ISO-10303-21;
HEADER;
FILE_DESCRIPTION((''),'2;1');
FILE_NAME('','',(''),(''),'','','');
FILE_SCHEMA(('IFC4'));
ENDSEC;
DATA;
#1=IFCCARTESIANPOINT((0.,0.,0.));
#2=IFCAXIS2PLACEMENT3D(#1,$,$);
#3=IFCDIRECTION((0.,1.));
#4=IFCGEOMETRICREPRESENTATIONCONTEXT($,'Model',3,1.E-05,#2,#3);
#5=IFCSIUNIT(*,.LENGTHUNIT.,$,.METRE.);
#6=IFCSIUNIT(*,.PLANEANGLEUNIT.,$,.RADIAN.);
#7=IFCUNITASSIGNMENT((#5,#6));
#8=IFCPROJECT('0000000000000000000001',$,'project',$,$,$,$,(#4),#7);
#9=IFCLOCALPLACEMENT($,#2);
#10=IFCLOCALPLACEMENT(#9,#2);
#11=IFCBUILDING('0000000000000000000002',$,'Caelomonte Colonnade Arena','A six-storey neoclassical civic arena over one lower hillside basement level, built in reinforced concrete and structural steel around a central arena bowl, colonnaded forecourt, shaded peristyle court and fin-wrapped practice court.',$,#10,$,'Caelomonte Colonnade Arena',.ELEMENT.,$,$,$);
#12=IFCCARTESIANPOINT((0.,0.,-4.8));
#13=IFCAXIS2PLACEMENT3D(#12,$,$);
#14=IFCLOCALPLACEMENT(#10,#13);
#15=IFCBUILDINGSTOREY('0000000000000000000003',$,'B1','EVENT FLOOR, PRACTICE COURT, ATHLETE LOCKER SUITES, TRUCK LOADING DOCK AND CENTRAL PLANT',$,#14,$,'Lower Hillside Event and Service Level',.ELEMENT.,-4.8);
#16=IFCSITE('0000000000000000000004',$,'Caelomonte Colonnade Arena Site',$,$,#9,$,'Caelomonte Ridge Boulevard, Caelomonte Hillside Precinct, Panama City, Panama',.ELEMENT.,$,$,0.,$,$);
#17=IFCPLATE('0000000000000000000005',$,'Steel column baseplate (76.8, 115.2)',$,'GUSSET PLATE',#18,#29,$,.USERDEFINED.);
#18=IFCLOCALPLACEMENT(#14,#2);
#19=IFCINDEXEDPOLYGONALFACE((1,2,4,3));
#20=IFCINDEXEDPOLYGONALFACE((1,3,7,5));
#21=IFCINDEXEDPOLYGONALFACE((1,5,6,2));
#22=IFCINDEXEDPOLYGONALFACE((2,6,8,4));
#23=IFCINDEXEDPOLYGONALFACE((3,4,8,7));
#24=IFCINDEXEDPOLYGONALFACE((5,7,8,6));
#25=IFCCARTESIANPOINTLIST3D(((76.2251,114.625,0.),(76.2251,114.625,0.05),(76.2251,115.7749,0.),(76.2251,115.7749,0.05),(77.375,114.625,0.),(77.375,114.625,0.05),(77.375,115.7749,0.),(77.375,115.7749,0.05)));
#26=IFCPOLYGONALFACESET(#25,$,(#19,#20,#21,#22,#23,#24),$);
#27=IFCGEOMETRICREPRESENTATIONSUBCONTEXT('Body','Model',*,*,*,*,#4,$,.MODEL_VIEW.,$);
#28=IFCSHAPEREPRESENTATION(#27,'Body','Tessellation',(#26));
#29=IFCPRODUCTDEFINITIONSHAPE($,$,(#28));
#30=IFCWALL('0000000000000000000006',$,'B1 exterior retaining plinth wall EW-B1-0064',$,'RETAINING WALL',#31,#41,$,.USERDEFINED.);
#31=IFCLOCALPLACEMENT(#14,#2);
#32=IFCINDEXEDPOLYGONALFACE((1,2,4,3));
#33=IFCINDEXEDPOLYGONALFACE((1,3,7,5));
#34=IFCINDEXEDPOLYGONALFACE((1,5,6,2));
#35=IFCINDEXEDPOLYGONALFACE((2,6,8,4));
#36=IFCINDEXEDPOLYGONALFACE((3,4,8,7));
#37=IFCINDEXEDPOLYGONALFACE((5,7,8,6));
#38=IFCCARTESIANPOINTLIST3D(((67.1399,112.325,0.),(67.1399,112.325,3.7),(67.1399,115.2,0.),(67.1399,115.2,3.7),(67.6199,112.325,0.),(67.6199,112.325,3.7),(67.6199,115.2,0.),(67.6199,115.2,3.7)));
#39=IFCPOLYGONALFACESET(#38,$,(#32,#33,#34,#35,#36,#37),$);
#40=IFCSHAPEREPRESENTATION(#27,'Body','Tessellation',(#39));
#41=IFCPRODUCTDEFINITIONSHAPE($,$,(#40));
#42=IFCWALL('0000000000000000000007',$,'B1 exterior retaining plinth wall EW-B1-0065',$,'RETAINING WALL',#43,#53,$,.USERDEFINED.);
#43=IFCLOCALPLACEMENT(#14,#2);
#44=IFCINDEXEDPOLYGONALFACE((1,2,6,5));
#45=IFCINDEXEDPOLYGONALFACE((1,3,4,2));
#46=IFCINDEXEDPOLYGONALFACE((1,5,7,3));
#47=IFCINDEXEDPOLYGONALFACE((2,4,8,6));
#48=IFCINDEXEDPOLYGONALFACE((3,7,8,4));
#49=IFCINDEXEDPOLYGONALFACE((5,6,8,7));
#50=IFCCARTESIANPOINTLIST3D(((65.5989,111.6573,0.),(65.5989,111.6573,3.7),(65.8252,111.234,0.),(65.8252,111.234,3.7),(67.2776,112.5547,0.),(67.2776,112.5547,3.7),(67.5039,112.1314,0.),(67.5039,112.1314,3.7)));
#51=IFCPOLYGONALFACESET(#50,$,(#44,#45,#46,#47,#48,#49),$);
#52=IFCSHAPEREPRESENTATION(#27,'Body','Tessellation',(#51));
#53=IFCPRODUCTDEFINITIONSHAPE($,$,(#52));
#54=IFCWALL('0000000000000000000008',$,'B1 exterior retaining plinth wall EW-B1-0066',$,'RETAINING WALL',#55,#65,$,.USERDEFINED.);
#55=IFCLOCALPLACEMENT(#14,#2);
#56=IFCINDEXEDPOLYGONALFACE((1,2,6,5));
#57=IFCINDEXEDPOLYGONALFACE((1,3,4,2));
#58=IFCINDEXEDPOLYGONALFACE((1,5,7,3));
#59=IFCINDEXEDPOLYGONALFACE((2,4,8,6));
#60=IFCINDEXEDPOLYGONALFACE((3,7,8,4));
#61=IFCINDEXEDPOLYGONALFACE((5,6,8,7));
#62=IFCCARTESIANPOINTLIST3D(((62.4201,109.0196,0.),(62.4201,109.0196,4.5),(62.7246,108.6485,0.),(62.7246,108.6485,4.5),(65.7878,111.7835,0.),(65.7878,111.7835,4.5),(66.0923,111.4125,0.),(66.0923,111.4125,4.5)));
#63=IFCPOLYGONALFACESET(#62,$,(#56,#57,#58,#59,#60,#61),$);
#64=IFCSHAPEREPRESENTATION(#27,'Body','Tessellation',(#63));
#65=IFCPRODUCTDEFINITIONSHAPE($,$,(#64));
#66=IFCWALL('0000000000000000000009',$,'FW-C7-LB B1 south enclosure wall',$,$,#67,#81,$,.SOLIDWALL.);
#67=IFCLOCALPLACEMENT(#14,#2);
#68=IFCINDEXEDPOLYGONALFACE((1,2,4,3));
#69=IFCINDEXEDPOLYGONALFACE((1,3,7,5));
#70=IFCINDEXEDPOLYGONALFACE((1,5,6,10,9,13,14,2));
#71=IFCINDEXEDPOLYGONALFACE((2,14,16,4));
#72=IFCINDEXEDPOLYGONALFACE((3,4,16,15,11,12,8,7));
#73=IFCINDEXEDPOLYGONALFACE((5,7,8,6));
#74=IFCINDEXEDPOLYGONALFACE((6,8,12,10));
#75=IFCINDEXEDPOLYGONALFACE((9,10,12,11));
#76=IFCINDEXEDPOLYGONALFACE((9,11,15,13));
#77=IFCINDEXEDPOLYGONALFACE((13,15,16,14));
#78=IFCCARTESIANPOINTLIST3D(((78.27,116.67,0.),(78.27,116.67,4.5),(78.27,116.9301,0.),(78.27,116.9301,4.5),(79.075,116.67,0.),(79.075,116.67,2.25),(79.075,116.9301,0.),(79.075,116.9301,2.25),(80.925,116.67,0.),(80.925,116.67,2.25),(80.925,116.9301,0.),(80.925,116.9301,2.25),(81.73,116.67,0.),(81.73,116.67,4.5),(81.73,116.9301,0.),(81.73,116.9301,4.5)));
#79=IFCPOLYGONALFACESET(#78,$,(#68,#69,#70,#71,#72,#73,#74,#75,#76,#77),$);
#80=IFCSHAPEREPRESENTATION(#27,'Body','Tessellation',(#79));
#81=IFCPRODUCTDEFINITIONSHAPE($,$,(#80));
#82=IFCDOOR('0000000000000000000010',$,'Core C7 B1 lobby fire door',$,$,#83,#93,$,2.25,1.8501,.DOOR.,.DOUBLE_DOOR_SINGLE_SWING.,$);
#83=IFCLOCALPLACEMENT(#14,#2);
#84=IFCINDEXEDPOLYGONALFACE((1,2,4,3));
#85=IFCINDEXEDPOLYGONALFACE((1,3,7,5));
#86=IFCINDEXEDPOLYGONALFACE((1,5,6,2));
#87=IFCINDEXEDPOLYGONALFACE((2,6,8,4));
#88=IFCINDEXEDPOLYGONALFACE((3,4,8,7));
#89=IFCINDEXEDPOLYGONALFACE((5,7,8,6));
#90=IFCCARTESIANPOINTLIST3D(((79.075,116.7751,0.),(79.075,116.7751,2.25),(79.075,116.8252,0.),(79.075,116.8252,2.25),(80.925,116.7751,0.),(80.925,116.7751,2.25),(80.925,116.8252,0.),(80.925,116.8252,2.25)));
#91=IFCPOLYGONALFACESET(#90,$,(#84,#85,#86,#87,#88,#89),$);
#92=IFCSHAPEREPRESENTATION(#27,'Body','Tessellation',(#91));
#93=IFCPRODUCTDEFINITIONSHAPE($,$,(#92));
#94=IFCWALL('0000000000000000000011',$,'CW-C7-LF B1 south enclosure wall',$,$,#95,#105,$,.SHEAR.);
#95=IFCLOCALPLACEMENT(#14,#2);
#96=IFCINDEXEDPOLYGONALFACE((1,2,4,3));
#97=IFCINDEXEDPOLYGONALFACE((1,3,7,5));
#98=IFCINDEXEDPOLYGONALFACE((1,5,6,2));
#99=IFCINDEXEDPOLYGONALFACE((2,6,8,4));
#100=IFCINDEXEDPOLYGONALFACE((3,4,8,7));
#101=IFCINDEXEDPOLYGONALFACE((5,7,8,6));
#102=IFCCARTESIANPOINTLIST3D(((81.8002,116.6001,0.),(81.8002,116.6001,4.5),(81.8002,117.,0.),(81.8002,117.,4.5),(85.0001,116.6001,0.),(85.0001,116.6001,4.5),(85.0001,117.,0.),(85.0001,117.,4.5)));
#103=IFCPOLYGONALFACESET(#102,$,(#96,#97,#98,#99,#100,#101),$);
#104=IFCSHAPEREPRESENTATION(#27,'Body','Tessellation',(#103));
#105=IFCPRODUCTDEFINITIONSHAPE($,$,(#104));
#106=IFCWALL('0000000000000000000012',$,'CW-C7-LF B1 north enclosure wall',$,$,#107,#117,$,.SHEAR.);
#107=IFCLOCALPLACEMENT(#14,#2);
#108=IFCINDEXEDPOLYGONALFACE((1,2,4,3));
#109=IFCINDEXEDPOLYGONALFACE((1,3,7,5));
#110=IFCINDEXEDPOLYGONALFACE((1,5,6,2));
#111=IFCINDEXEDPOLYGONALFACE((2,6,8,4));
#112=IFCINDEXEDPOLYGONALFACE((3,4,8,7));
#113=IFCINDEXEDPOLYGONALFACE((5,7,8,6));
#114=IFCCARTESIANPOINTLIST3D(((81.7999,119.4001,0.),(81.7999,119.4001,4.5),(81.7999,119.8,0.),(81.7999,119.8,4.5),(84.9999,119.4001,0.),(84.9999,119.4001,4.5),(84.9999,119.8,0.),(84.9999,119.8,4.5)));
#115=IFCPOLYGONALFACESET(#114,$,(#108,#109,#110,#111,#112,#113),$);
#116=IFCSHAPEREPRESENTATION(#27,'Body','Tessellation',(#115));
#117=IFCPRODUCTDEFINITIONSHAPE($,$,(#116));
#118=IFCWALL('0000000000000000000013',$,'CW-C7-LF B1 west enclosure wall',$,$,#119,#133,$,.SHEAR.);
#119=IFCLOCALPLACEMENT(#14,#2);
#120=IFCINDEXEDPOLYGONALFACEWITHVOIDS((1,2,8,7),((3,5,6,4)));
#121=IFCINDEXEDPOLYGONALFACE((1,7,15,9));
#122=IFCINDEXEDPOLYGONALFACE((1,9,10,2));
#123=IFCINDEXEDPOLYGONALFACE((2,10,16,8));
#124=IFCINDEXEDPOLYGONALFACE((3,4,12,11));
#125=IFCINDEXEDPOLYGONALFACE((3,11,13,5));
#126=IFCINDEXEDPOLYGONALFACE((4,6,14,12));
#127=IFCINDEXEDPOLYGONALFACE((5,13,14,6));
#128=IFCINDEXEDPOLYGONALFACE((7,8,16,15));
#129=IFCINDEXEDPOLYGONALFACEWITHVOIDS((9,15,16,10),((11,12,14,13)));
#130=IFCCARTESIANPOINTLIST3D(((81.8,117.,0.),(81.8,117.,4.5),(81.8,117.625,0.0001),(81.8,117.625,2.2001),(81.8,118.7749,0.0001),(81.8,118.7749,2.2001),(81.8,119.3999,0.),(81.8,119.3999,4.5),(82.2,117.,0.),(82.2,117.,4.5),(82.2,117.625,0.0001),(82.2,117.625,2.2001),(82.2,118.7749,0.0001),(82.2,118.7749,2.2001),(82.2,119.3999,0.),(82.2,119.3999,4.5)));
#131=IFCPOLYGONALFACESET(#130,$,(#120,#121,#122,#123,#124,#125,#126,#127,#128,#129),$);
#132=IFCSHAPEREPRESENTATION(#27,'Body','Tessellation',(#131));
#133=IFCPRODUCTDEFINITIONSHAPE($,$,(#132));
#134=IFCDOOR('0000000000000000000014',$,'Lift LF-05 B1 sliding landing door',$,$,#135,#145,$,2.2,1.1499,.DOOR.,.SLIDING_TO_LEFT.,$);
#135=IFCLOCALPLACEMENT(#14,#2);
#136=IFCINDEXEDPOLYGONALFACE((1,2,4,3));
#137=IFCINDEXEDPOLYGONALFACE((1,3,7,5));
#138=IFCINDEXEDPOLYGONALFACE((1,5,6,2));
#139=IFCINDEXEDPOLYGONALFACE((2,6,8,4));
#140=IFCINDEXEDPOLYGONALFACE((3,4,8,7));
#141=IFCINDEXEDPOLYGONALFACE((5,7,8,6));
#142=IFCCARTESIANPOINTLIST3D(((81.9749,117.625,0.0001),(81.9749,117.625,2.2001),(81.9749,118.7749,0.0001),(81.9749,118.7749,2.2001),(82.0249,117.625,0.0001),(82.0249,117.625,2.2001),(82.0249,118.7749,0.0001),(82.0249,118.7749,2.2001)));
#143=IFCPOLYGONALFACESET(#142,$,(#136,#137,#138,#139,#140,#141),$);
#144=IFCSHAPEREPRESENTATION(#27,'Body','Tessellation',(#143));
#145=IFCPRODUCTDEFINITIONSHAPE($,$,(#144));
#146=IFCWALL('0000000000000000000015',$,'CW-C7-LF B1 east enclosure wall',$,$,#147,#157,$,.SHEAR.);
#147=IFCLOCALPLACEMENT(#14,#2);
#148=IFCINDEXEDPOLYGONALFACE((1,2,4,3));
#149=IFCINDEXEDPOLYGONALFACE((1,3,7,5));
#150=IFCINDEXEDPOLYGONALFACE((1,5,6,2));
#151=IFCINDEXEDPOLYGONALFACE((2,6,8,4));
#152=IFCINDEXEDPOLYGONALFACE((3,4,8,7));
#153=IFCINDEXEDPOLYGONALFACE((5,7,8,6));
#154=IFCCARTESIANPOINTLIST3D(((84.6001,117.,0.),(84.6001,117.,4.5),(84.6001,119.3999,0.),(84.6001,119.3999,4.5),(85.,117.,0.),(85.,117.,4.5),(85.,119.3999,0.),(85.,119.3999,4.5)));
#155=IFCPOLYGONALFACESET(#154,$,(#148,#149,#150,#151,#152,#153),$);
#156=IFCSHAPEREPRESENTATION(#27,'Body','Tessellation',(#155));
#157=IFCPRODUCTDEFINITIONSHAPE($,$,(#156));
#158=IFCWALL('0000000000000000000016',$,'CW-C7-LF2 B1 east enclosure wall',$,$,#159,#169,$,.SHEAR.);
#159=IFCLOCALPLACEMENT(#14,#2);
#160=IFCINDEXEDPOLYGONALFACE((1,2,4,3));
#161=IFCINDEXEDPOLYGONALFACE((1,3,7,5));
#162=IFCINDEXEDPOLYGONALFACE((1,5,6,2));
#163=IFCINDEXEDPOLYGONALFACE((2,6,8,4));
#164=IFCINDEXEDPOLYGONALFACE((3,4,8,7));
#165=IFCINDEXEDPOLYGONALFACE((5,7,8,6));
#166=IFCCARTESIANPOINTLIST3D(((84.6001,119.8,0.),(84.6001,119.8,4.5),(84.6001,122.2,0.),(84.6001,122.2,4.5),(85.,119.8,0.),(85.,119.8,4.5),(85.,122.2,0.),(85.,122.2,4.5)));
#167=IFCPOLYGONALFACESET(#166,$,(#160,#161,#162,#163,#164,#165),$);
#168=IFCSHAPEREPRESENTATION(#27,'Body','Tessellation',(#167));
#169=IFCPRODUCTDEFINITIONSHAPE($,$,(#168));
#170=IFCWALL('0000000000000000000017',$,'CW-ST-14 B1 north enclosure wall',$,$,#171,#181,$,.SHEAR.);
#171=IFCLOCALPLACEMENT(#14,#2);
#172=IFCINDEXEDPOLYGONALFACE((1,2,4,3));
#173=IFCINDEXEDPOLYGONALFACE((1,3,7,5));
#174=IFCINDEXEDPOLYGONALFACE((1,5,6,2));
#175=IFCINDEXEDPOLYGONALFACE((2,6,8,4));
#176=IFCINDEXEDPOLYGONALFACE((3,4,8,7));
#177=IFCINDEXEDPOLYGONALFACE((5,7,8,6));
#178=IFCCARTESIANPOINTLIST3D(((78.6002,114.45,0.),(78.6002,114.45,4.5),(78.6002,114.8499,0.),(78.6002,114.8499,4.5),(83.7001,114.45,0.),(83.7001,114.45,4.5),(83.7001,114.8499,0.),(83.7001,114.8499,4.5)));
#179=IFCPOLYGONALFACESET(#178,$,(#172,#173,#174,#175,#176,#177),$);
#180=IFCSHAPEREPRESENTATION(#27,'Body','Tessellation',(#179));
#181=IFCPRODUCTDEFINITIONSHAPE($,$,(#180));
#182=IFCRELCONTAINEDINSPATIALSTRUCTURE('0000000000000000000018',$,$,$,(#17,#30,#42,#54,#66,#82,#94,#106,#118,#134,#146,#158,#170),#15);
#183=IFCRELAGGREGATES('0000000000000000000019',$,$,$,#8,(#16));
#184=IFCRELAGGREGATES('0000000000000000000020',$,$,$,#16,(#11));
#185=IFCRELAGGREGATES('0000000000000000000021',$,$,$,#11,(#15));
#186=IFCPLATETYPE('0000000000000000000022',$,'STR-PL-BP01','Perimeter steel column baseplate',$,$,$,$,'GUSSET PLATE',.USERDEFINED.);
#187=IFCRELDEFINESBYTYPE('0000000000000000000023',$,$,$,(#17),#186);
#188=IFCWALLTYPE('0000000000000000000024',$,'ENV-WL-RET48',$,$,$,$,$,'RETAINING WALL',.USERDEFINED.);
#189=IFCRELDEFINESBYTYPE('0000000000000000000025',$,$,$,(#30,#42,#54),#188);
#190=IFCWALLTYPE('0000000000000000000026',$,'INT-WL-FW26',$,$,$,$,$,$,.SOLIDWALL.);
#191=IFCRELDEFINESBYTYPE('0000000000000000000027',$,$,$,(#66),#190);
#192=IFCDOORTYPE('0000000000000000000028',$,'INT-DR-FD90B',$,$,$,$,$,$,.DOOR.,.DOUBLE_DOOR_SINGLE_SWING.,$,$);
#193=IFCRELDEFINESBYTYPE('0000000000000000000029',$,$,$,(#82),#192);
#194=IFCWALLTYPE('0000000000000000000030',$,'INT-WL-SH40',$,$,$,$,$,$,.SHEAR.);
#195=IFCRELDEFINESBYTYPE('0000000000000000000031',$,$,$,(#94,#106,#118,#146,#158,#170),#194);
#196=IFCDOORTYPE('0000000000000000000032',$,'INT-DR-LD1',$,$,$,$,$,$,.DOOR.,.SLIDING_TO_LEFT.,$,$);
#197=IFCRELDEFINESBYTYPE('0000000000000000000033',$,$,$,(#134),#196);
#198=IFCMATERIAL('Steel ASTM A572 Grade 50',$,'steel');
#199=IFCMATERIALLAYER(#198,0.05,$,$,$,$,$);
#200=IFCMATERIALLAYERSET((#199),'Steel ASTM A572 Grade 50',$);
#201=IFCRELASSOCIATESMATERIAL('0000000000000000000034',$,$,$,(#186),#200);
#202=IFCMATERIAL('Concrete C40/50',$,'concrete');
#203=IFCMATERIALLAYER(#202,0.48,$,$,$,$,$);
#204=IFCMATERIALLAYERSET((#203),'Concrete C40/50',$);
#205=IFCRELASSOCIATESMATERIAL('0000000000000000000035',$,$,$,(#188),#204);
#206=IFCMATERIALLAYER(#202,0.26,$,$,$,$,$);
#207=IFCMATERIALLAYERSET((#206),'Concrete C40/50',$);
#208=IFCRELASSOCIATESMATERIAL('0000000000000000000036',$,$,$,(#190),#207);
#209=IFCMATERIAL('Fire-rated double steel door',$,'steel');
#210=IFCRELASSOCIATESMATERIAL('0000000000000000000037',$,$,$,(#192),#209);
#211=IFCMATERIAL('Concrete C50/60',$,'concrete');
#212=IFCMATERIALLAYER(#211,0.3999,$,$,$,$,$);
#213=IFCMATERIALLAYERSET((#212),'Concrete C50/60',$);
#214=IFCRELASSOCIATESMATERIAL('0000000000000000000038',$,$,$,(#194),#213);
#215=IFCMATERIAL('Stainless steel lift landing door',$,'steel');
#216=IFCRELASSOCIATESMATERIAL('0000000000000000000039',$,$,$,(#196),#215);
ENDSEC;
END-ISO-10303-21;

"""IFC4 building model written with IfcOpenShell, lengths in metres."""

from ifc_helpers import new_model, si_unit, direction, frame, frame_2d, origin, origin_2d, place, context, subcontext, project, spatial, rectangle, extrude, material, layer, layer_set, type_object, element, fill, save


model = new_model("IFC4")

# Units and contexts
model_context = context("Model", 3, precision=1e-05, world=origin(), true_north=direction((0.0, 1.0)))
body_context = subcontext(model_context, "Body", "Model", "MODEL_VIEW")
ifc_project = project(units=[si_unit("LENGTHUNIT", "METRE"), si_unit("PLANEANGLEUNIT", "RADIAN")], contexts=[model_context])

# Site, building, storey
site_placement = place(None, origin())
site = spatial("IfcSite", under=ifc_project, at=site_placement, Name="Caelomonte Colonnade Arena Site", LongName="Caelomonte Ridge Boulevard, Caelomonte Hillside Precinct, Panama City, Panama", CompositionType="ELEMENT", RefElevation=0.0)
building_placement = place(site_placement, origin())
building = spatial("IfcBuilding", under=site, at=building_placement, Name="Caelomonte Colonnade Arena", Description="A six-storey neoclassical civic arena over one lower hillside basement level, built in reinforced concrete and structural steel around a central arena bowl, colonnaded forecourt, shaded peristyle court and fin-wrapped practice court.", LongName="Caelomonte Colonnade Arena", CompositionType="ELEMENT")
storey_placement = place(building_placement, frame((0.0, 0.0, -4.8)))
storey = spatial("IfcBuildingStorey", under=building, at=storey_placement, Name="B1", Description="EVENT FLOOR, PRACTICE COURT, ATHLETE LOCKER SUITES, TRUCK LOADING DOCK AND CENTRAL PLANT", LongName="Lower Hillside Event and Service Level", CompositionType="ELEMENT", Elevation=-4.8)

# Shared definitions
ifc_material_1 = material(Name="Concrete C40/50", Category="concrete")

# Plate
ifc_material_2 = material(Name="Steel ASTM A572 Grade 50", Category="steel")
ifc_layer_1 = layer(ifc_material_2, 0.05)
ifc_layer_set_1 = layer_set([ifc_layer_1], Name="Steel ASTM A572 Grade 50")
plate_type = type_object("IfcPlateType", Name="STR-PL-BP01", Description="Perimeter steel column baseplate", ElementType="GUSSET PLATE", PredefinedType="USERDEFINED", material=ifc_layer_set_1)
plate_placement = place(storey_placement, frame((76.8, 115.2, 0.0), z_axis=(0.0, 0.0, 1.0), x_axis=(1.0, 0.0, 0.0)))
element("IfcPlate", 1, at=plate_placement, inside=storey, type_object=plate_type, Name="Steel column baseplate (76.8, 115.2)", ObjectType="GUSSET PLATE", PredefinedType="USERDEFINED", context=body_context, shape_type="SweptSolid", body=[
    extrude(rectangle(XDim=1.1499, YDim=1.1499, at=origin_2d()), origin(), (0.0, 0.0, 1.0), 0.05),
])

# Walls
ifc_layer_2 = layer(ifc_material_1, 0.48)
ifc_layer_set_2 = layer_set([ifc_layer_2], Name="Concrete C40/50")
wall_type_1 = type_object("IfcWallType", Name="ENV-WL-RET48", ElementType="RETAINING WALL", PredefinedType="USERDEFINED", material=ifc_layer_set_2)
wall_1_placement = place(storey_placement, frame((67.3799, 115.2, 0.0), z_axis=(0.0, 0.0, 1.0), x_axis=(0.0, -1.0, 0.0)))
element("IfcWall", 2, at=wall_1_placement, inside=storey, type_object=wall_type_1, Name="B1 exterior retaining plinth wall EW-B1-0064", ObjectType="RETAINING WALL", PredefinedType="USERDEFINED", context=body_context, shape_type="SweptSolid", body=[
    extrude(rectangle(XDim=2.875, YDim=0.48, at=frame_2d((1.4375, 0.0))), origin(), (0.0, 0.0, 1.0), 3.7),
])
wall_2_placement = place(storey_placement, frame((67.3906, 112.343, 0.0), z_axis=(0.0, 0.0, 1.0), x_axis=(-0.881884, -0.471467, 0.0)))
element("IfcWall", 3, at=wall_2_placement, inside=storey, type_object=wall_type_1, Name="B1 exterior retaining plinth wall EW-B1-0065", ObjectType="RETAINING WALL", PredefinedType="USERDEFINED", context=body_context, shape_type="SweptSolid", body=[
    extrude(rectangle(XDim=1.9036, YDim=0.48, at=frame_2d((0.9517, 0.0))), origin(), (0.0, 0.0, 1.0), 3.7),
])
wall_3_placement = place(storey_placement, frame((65.9399, 111.5979, 0.0), z_axis=(0.0, 0.0, 1.0), x_axis=(-0.772995, -0.634412, 0.0)))
element("IfcWall", 4, at=wall_3_placement, inside=storey, type_object=wall_type_1, Name="B1 exterior retaining plinth wall EW-B1-0066", ObjectType="RETAINING WALL", PredefinedType="USERDEFINED", context=body_context, shape_type="SweptSolid", body=[
    extrude(rectangle(XDim=4.3567, YDim=0.48, at=frame_2d((2.1782, 0.0))), origin(), (0.0, 0.0, 1.0), 4.5),
])

# Wall, opening, door
ifc_layer_3 = layer(ifc_material_1, 0.26)
ifc_layer_set_3 = layer_set([ifc_layer_3], Name="Concrete C40/50")
wall_type_2 = type_object("IfcWallType", Name="INT-WL-FW26", PredefinedType="SOLIDWALL", material=ifc_layer_set_3)
wall_4_placement = place(storey_placement, frame((78.27, 116.8, 0.0), z_axis=(0.0, 0.0, 1.0), x_axis=(1.0, 0.0, 0.0)))
wall_4 = element("IfcWall", 5, at=wall_4_placement, inside=storey, type_object=wall_type_2, Name="FW-C7-LB B1 south enclosure wall", PredefinedType="SOLIDWALL", context=body_context, shape_type="SweptSolid", body=[
    extrude(rectangle(XDim=3.46, YDim=0.26, at=frame_2d((1.73, 0.0))), origin(), (0.0, 0.0, 1.0), 4.5),
])
opening_1_placement = place(wall_4_placement, frame((2.655, 0.0, 0.0), z_axis=(0.0, 0.0, 1.0), x_axis=(-1.0, 0.0, 0.0)))
opening_1 = element("IfcOpeningElement", 6, at=opening_1_placement, cuts=wall_4, PredefinedType="OPENING", context=body_context, shape_type="SweptSolid", body=[
    extrude(rectangle(XDim=1.8501, YDim=2.25, at=frame_2d((0.925, 1.125))), frame((0.0, 0.1399, 0.0), z_axis=(0.0, -1.0, 0.0), x_axis=(1.0, 0.0, 0.0)), (0.0, 0.0, 1.0), 0.28),
])
ifc_material_3 = material(Name="Fire-rated double steel door", Category="steel")
door_type_1 = type_object("IfcDoorType", Name="INT-DR-FD90B", OperationType="DOUBLE_DOOR_SINGLE_SWING", PredefinedType="DOOR", material=ifc_material_3)
door_1_placement = place(opening_1_placement, origin())
door_1 = element("IfcDoor", 7, at=door_1_placement, inside=storey, type_object=door_type_1, Name="Core C7 B1 lobby fire door", OperationType="DOUBLE_DOOR_SINGLE_SWING", OverallHeight=2.25, OverallWidth=1.8501, PredefinedType="DOOR", context=body_context, shape_type="SweptSolid", body=[
    extrude(rectangle(XDim=1.8501, YDim=2.25, at=frame_2d((0.925, 1.125))), frame((0.0, 0.0249, 0.0), z_axis=(0.0, -1.0, 0.0), x_axis=(1.0, 0.0, 0.0)), (0.0, 0.0, 1.0), 0.05),
])
fill(opening_1, door_1)

# Walls
ifc_material_4 = material(Name="Concrete C50/60", Category="concrete")
ifc_layer_4 = layer(ifc_material_4, 0.3999)
ifc_layer_set_4 = layer_set([ifc_layer_4], Name="Concrete C50/60")
wall_type_3 = type_object("IfcWallType", Name="INT-WL-SH40", PredefinedType="SHEAR", material=ifc_layer_set_4)
for number, where, z_axis, x_axis, name in (
    (8, (81.8, 116.8, 0.0), (0.0, 0.0, 1.0), (1.0, 0.0, 0.0), "CW-C7-LF B1 south enclosure wall"),
    (9, (85.0, 119.6001, 0.0), (0.0, 0.0, 1.0), (-1.0, 0.0, 0.0), "CW-C7-LF B1 north enclosure wall"),
):
    element("IfcWall", number, at=place(storey_placement, frame(where, z_axis=z_axis, x_axis=x_axis)), inside=storey, type_object=wall_type_3, Name=name, PredefinedType="SHEAR", context=body_context, shape_type="SweptSolid", body=[
        extrude(rectangle(XDim=3.2, YDim=0.3999, at=frame_2d((1.6001, 0.0))), origin(), (0.0, 0.0, 1.0), 4.5),
    ])

# Wall, opening, door
wall_5_placement = place(storey_placement, frame((82.0, 119.3999, 0.0), z_axis=(0.0, 0.0, 1.0), x_axis=(0.0, -1.0, 0.0)))
wall_5 = element("IfcWall", 10, at=wall_5_placement, inside=storey, type_object=wall_type_3, Name="CW-C7-LF B1 west enclosure wall", PredefinedType="SHEAR", context=body_context, shape_type="SweptSolid", body=[
    extrude(rectangle(XDim=2.3999, YDim=0.3999, at=frame_2d((1.2, 0.0))), origin(), (0.0, 0.0, 1.0), 4.5),
])
opening_2_placement = place(wall_5_placement, frame((0.625, 0.0, 0.0), z_axis=(0.0, 0.0, 1.0), x_axis=(1.0, 0.0, 0.0)))
opening_2 = element("IfcOpeningElement", 11, at=opening_2_placement, cuts=wall_5, PredefinedType="OPENING", context=body_context, shape_type="SweptSolid", body=[
    extrude(rectangle(XDim=1.1499, YDim=2.2, at=frame_2d((0.575, 1.1001))), frame((0.0, 0.21, 0.0), z_axis=(0.0, -1.0, 0.0), x_axis=(1.0, 0.0, 0.0)), (0.0, 0.0, 1.0), 0.4199),
])
ifc_material_5 = material(Name="Stainless steel lift landing door", Category="steel")
door_type_2 = type_object("IfcDoorType", Name="INT-DR-LD1", OperationType="SLIDING_TO_LEFT", PredefinedType="DOOR", material=ifc_material_5)
door_2_placement = place(opening_2_placement, origin())
door_2 = element("IfcDoor", 12, at=door_2_placement, inside=storey, type_object=door_type_2, Name="Lift LF-05 B1 sliding landing door", OperationType="SLIDING_TO_LEFT", OverallHeight=2.2, OverallWidth=1.1499, PredefinedType="DOOR", context=body_context, shape_type="SweptSolid", body=[
    extrude(rectangle(XDim=1.1499, YDim=2.2, at=frame_2d((0.575, 1.1001))), frame((0.0, 0.0249, 0.0), z_axis=(0.0, -1.0, 0.0), x_axis=(1.0, 0.0, 0.0)), (0.0, 0.0, 1.0), 0.05),
])
fill(opening_2, door_2)

# Walls
for number, where, z_axis, x_axis, name in (
    (13, (84.8, 117.0, 0.0), (0.0, 0.0, 1.0), (0.0, 1.0, 0.0), "CW-C7-LF B1 east enclosure wall"),
    (14, (84.8, 119.8, 0.0), (0.0, 0.0, 1.0), (0.0, 1.0, 0.0), "CW-C7-LF2 B1 east enclosure wall"),
):
    element("IfcWall", number, at=place(storey_placement, frame(where, z_axis=z_axis, x_axis=x_axis)), inside=storey, type_object=wall_type_3, Name=name, PredefinedType="SHEAR", context=body_context, shape_type="SweptSolid", body=[
        extrude(rectangle(XDim=2.3999, YDim=0.3999, at=frame_2d((1.2, 0.0))), origin(), (0.0, 0.0, 1.0), 4.5),
    ])
wall_6_placement = place(storey_placement, frame((83.7, 114.6499, 0.0), z_axis=(0.0, 0.0, 1.0), x_axis=(-1.0, 0.0, 0.0)))
element("IfcWall", 15, at=wall_6_placement, inside=storey, type_object=wall_type_3, Name="CW-ST-14 B1 north enclosure wall", PredefinedType="SHEAR", context=body_context, shape_type="SweptSolid", body=[
    extrude(rectangle(XDim=5.0999, YDim=0.3999, at=frame_2d((2.5498, 0.0))), origin(), (0.0, 0.0, 1.0), 4.5),
])

save(model, "model.ifc")
